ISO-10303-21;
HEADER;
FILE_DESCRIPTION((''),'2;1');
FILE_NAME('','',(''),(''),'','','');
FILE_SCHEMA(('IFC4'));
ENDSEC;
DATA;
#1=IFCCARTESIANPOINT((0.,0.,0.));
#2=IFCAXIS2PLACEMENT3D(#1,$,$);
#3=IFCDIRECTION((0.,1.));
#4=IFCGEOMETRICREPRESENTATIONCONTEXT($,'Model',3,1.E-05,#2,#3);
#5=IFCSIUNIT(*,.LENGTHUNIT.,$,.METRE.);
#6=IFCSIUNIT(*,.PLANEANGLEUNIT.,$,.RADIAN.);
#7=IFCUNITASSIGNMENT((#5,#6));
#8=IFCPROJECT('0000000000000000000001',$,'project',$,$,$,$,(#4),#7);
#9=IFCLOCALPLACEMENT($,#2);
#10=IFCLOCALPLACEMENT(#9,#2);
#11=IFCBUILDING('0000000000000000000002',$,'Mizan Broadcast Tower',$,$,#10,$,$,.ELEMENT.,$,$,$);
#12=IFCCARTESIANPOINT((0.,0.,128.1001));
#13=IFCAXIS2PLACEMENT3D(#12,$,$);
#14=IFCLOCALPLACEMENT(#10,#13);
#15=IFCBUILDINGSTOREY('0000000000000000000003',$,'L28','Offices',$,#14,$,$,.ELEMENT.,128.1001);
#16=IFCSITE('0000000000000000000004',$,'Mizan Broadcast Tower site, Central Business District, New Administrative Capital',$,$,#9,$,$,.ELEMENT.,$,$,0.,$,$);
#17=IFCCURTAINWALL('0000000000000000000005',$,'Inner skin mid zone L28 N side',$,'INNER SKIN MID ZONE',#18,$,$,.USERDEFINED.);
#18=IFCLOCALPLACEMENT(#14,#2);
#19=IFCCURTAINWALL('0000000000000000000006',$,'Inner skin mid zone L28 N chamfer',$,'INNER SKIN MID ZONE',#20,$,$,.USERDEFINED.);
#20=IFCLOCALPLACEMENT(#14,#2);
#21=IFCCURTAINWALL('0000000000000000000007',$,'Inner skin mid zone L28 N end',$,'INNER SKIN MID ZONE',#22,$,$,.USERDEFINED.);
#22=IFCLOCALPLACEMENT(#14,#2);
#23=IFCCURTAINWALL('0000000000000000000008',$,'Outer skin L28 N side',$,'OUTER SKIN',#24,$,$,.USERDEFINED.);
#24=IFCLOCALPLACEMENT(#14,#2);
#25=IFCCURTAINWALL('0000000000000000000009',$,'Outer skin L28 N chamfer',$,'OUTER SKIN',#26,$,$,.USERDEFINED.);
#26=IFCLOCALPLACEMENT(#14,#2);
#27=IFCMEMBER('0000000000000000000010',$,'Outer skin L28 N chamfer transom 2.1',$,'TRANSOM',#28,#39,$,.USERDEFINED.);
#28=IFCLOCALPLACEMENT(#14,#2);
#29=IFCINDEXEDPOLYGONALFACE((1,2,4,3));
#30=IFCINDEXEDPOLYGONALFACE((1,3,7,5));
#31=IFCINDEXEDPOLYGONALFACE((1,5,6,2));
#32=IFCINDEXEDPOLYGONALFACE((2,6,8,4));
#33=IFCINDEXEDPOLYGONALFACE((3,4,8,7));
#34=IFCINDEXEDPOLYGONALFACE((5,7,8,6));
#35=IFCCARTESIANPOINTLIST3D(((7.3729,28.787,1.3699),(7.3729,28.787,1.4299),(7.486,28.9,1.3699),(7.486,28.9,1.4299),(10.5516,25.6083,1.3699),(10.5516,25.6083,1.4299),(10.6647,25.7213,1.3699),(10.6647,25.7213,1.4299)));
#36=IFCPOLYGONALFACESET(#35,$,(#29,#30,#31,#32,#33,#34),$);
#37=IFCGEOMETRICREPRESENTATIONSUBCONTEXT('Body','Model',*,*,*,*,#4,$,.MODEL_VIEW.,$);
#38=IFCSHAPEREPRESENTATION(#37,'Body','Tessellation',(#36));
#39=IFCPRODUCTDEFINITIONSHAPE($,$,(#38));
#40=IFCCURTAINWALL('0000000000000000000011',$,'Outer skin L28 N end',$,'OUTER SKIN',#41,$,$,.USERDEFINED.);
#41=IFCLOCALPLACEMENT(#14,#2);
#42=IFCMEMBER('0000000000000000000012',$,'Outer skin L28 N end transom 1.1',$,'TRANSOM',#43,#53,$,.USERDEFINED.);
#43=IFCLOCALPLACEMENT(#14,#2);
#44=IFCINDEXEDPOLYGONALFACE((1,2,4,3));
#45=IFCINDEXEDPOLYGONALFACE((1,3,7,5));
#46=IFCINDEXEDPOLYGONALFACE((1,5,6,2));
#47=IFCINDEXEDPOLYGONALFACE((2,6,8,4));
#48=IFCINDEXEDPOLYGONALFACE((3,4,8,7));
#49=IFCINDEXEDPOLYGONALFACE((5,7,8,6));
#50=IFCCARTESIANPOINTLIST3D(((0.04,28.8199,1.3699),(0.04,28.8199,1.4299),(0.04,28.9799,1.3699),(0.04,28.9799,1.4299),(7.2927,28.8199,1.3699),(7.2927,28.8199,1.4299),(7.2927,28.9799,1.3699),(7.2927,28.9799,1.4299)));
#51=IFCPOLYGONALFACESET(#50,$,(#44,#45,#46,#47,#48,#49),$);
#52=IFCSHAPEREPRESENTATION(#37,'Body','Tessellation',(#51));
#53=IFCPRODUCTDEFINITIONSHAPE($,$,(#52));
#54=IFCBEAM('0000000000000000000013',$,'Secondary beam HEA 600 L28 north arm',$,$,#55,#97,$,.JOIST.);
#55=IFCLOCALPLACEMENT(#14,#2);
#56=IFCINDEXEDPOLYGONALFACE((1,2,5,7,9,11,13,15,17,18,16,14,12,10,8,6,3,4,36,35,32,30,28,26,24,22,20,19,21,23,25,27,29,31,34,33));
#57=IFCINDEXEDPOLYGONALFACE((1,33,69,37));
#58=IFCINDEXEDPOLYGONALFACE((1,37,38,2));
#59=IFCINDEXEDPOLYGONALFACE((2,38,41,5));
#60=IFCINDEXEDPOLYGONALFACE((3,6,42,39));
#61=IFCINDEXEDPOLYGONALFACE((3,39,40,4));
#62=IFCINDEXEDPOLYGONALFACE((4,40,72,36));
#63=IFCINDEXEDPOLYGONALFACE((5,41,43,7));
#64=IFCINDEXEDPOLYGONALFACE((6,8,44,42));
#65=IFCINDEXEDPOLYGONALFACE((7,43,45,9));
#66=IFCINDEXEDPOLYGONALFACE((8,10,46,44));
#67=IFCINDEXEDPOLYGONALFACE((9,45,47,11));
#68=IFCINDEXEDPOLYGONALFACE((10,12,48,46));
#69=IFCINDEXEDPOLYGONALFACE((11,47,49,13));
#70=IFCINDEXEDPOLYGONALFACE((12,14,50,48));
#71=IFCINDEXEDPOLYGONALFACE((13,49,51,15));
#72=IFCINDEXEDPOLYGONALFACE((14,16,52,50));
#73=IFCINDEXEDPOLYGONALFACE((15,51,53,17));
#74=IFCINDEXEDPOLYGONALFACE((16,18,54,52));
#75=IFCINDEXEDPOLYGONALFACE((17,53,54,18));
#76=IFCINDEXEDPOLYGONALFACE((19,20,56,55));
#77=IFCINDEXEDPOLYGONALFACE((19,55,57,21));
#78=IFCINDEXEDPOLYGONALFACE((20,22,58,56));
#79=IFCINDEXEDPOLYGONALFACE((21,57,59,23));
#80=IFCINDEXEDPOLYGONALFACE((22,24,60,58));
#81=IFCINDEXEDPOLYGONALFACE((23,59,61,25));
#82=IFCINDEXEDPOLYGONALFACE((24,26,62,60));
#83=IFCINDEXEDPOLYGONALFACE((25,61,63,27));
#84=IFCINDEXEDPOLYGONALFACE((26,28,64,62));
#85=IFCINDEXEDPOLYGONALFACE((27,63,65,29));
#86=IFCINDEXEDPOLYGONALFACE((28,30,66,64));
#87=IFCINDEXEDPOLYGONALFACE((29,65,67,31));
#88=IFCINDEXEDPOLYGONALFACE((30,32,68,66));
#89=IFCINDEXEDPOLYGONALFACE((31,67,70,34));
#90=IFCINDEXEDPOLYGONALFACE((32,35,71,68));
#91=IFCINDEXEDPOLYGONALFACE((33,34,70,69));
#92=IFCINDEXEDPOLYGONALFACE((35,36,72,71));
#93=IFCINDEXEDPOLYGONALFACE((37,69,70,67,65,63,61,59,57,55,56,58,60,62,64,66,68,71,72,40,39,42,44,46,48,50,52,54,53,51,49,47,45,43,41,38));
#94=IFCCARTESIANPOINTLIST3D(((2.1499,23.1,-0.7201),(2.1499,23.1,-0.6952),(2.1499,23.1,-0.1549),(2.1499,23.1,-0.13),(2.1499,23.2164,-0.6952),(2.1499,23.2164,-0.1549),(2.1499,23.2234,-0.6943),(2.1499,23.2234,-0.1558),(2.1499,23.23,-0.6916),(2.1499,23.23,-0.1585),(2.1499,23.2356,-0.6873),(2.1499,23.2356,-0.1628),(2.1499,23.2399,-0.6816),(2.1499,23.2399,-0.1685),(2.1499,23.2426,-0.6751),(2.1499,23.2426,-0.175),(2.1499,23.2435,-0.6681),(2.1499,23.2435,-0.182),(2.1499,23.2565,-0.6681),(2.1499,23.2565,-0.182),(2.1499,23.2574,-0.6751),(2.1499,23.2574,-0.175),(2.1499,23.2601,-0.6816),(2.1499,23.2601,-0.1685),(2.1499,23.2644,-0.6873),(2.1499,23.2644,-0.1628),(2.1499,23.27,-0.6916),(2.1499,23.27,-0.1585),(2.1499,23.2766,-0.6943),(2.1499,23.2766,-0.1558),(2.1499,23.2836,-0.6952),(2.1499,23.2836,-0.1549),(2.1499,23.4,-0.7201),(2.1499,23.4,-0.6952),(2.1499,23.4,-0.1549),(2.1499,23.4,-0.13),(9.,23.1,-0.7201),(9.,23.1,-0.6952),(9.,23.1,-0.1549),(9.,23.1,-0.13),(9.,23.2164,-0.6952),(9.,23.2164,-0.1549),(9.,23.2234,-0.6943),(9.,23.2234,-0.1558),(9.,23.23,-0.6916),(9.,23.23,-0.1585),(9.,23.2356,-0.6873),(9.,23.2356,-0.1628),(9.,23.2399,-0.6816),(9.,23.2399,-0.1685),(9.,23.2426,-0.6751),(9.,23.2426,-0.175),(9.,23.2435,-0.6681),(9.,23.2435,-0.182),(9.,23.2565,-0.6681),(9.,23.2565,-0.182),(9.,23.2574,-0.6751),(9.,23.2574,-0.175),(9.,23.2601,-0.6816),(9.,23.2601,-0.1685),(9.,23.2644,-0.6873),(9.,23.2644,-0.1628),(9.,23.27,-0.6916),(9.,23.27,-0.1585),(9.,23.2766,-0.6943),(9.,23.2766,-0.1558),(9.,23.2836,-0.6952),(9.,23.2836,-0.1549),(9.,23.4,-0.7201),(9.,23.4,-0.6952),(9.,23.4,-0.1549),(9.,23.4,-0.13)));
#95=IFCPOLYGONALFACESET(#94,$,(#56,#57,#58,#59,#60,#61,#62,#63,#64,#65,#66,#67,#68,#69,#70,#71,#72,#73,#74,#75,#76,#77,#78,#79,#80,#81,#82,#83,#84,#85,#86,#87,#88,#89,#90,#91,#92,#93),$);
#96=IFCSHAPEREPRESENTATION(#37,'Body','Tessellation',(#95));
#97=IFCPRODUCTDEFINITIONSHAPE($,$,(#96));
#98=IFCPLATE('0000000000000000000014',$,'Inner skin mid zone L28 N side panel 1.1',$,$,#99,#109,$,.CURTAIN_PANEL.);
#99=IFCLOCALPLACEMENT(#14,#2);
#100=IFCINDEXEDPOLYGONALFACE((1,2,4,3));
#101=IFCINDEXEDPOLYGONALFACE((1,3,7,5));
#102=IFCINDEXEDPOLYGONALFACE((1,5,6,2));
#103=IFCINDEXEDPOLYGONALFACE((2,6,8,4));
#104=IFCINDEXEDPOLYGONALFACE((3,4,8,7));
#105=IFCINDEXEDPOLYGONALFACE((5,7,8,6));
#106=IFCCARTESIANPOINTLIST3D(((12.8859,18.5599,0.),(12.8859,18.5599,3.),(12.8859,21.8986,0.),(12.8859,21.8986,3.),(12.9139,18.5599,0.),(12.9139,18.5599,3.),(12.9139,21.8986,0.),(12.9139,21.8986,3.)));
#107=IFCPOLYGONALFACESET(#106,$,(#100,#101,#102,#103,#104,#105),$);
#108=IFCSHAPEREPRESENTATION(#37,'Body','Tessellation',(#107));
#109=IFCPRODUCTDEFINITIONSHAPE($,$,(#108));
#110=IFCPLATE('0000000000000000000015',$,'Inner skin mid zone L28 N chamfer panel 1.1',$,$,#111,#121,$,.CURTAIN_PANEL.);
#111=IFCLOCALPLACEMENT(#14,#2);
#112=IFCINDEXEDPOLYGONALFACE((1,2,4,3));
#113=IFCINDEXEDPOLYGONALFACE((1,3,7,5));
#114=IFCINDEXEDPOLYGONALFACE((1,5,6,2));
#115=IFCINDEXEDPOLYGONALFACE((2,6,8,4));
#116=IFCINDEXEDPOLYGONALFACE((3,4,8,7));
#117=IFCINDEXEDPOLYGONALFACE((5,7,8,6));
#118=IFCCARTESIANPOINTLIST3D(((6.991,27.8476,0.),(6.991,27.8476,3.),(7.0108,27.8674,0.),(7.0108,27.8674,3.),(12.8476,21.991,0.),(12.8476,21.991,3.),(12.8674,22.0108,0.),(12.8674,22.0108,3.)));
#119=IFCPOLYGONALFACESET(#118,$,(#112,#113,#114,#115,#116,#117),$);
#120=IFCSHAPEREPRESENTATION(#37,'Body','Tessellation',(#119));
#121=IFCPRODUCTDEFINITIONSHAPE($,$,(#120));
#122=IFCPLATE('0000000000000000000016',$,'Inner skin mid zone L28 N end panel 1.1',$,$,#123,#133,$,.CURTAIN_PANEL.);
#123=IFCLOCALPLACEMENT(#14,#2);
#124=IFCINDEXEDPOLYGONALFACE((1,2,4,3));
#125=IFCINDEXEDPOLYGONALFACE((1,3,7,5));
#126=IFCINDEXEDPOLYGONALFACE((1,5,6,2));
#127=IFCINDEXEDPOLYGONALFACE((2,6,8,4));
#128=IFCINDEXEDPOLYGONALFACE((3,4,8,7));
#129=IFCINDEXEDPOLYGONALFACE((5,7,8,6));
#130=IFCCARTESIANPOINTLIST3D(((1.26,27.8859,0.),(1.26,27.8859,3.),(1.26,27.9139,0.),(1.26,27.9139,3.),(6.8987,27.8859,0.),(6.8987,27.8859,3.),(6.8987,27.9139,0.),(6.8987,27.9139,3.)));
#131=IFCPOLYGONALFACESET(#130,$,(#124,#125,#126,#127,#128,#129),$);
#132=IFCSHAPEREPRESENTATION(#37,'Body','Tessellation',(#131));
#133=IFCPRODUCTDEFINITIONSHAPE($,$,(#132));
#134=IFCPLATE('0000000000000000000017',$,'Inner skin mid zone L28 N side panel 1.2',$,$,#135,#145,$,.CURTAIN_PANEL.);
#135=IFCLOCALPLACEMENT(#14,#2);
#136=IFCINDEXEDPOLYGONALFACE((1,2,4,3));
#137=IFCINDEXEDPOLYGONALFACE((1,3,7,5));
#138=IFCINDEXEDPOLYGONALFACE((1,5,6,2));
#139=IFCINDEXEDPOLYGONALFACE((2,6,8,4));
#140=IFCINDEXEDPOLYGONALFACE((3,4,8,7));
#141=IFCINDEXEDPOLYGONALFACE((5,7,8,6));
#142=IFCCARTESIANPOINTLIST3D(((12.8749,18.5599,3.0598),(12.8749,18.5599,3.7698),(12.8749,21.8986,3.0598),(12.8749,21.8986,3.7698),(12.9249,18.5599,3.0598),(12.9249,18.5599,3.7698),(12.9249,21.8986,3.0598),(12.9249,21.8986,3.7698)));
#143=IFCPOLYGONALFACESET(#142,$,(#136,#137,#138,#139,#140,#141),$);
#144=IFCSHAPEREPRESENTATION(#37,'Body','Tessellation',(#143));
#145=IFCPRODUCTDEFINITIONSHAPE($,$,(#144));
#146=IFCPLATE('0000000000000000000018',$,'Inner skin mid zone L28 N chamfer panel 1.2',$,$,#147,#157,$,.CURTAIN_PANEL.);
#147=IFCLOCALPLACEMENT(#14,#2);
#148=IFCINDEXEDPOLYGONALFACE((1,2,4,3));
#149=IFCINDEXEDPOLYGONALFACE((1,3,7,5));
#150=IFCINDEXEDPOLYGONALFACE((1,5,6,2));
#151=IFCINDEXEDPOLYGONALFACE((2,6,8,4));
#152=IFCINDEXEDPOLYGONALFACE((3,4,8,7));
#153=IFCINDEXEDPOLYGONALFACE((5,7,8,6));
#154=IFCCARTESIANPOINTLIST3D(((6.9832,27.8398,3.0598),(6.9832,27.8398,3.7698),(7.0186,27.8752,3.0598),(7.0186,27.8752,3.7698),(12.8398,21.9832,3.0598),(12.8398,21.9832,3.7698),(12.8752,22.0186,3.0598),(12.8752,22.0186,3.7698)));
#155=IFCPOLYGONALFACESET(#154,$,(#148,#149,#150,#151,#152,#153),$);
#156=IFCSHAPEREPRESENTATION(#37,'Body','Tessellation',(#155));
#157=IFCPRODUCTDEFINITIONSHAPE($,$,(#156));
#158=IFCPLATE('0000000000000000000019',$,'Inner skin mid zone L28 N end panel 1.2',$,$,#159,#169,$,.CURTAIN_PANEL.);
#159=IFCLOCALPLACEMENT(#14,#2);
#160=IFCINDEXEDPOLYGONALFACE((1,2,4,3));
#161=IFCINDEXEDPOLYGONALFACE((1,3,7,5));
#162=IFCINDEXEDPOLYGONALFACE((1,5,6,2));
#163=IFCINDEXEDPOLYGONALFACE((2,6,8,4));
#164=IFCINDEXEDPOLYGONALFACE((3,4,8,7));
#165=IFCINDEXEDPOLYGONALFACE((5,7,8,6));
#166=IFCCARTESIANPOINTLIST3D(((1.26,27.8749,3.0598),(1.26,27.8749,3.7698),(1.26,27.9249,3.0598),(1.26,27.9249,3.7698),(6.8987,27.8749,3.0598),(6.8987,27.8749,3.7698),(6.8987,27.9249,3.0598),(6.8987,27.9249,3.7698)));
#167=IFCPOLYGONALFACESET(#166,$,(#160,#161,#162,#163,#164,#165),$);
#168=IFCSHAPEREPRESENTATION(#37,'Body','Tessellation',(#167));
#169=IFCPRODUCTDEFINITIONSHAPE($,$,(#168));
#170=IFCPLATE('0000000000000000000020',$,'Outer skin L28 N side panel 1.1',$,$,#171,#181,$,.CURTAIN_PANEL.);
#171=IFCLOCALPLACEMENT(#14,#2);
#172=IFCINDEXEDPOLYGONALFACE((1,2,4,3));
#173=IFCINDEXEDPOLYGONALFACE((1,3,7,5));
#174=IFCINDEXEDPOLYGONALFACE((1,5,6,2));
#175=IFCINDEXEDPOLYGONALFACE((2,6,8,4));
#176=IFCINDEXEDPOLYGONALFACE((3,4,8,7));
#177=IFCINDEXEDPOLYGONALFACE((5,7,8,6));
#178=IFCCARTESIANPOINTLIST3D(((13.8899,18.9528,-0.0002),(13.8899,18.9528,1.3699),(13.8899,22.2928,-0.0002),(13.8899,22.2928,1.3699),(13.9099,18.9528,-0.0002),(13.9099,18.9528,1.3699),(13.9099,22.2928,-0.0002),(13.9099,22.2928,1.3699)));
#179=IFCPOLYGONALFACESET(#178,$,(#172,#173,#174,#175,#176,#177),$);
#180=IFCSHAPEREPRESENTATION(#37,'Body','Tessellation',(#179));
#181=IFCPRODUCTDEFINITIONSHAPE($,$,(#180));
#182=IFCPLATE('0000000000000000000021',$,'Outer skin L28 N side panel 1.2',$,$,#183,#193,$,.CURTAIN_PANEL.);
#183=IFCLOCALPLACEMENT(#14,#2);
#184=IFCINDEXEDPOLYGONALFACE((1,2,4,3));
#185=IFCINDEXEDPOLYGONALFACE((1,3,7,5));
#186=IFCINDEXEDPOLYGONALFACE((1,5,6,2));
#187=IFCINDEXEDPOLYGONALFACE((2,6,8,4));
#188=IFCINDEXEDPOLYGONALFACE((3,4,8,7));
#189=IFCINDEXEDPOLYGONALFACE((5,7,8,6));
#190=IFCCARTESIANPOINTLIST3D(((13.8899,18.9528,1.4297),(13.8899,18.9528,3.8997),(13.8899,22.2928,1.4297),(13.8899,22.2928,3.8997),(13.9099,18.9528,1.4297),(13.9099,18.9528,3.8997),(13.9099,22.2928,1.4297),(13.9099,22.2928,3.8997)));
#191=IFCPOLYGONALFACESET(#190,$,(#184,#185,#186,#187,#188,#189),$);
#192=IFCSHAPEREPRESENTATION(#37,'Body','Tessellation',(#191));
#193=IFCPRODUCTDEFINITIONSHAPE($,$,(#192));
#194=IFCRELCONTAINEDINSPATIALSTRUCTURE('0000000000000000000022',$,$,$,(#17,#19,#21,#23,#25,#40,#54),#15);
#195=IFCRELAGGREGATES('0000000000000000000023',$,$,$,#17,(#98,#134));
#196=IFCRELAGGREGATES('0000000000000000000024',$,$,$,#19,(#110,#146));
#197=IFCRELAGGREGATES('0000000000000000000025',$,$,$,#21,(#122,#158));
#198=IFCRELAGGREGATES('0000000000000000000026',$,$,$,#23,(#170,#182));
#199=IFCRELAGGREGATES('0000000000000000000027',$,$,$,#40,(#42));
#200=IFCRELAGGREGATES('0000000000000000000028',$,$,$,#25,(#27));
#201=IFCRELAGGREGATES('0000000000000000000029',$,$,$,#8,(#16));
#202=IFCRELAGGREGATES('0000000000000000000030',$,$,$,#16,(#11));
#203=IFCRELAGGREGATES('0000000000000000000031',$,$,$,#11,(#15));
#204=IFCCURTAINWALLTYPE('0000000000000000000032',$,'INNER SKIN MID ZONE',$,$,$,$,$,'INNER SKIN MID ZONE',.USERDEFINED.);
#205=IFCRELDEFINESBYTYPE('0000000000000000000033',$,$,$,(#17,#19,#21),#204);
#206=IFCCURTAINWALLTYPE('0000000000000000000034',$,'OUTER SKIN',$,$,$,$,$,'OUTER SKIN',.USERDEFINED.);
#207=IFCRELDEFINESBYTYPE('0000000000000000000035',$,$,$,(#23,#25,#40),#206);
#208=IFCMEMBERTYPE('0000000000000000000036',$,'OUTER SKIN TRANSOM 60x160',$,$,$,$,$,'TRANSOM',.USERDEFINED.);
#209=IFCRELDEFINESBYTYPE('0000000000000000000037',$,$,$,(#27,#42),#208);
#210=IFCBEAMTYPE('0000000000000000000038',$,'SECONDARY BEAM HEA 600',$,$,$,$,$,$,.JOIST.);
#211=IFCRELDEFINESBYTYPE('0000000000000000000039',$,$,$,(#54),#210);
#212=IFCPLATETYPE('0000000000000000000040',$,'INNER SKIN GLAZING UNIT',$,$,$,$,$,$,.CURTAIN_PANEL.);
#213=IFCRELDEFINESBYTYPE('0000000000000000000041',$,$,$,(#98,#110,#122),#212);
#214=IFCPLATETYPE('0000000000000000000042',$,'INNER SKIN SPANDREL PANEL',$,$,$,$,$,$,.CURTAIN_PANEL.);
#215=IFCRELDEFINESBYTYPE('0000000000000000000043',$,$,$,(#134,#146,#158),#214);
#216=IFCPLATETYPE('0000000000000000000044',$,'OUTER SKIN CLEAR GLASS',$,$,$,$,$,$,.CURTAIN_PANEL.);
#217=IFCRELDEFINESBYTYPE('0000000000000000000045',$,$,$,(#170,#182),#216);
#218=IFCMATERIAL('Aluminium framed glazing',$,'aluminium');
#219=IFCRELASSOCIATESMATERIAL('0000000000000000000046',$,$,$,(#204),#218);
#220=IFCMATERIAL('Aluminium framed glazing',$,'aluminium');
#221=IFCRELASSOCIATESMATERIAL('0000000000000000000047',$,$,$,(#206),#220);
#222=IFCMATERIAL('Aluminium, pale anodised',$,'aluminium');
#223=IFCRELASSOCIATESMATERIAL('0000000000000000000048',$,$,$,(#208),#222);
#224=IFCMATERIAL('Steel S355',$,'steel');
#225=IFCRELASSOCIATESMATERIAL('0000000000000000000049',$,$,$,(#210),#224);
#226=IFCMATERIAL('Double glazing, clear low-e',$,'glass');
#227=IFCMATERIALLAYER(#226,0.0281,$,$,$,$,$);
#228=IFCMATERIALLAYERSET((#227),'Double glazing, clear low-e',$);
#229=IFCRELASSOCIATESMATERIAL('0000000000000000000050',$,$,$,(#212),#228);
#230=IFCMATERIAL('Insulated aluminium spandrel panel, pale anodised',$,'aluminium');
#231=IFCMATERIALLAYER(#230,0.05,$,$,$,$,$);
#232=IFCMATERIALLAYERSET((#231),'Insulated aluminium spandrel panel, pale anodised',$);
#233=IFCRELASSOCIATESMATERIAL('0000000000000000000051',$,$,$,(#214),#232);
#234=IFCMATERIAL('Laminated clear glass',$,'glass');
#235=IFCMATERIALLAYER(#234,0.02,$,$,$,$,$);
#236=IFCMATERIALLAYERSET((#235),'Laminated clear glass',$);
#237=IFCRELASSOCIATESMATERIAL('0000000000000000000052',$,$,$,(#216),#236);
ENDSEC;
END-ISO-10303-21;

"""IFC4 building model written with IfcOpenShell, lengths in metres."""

from ifc_helpers import new_model, si_unit, direction, frame, origin, origin_2d, place, context, subcontext, project, spatial, rectangle, i_section, extrude, material, layer, layer_set, material_profile, profile_set, type_object, element, aggregate, save


model = new_model("IFC4")

# Units and contexts
model_context = context("Model", 3, precision=1e-05, world=origin(), true_north=direction((0.0, 1.0)))
body_context = subcontext(model_context, "Body", "Model", "MODEL_VIEW")
ifc_project = project(units=[si_unit("LENGTHUNIT", "METRE"), si_unit("PLANEANGLEUNIT", "RADIAN")], contexts=[model_context])

# Site, building, storey
site_placement = place(None, origin())
site = spatial("IfcSite", under=ifc_project, at=site_placement, Name="Mizan Broadcast Tower site, Central Business District, New Administrative Capital", CompositionType="ELEMENT", RefElevation=0.0)
building_placement = place(site_placement, origin())
building = spatial("IfcBuilding", under=site, at=building_placement, Name="Mizan Broadcast Tower", CompositionType="ELEMENT")
storey_placement = place(building_placement, frame((0.0, 0.0, 128.1001)))
storey = spatial("IfcBuildingStorey", under=building, at=storey_placement, Name="L28", Description="Offices", CompositionType="ELEMENT", Elevation=128.1001)

# Curtain walls
ifc_material_1 = material(Name="Aluminium framed glazing", Category="aluminium")
curtain_wall_type_1 = type_object("IfcCurtainWallType", Name="INNER SKIN MID ZONE", ElementType="INNER SKIN MID ZONE", PredefinedType="USERDEFINED", material=ifc_material_1)
curtain_wall_1_placement = place(storey_placement, origin())
curtain_wall_1 = element("IfcCurtainWall", 1, at=curtain_wall_1_placement, inside=storey, type_object=curtain_wall_type_1, Name="Inner skin mid zone L28 N side", ObjectType="INNER SKIN MID ZONE", PredefinedType="USERDEFINED")
curtain_wall_2_placement = place(storey_placement, origin())
curtain_wall_2 = element("IfcCurtainWall", 2, at=curtain_wall_2_placement, inside=storey, type_object=curtain_wall_type_1, Name="Inner skin mid zone L28 N chamfer", ObjectType="INNER SKIN MID ZONE", PredefinedType="USERDEFINED")
curtain_wall_3_placement = place(storey_placement, origin())
curtain_wall_3 = element("IfcCurtainWall", 3, at=curtain_wall_3_placement, inside=storey, type_object=curtain_wall_type_1, Name="Inner skin mid zone L28 N end", ObjectType="INNER SKIN MID ZONE", PredefinedType="USERDEFINED")

# Curtain wall
ifc_material_2 = material(Name="Aluminium framed glazing", Category="aluminium")
curtain_wall_type_2 = type_object("IfcCurtainWallType", Name="OUTER SKIN", ElementType="OUTER SKIN", PredefinedType="USERDEFINED", material=ifc_material_2)
curtain_wall_4_placement = place(storey_placement, origin())
curtain_wall_4 = element("IfcCurtainWall", 4, at=curtain_wall_4_placement, inside=storey, type_object=curtain_wall_type_2, Name="Outer skin L28 N side", ObjectType="OUTER SKIN", PredefinedType="USERDEFINED")

# Curtain wall, member
curtain_wall_5_placement = place(storey_placement, origin())
curtain_wall_5 = element("IfcCurtainWall", 5, at=curtain_wall_5_placement, inside=storey, type_object=curtain_wall_type_2, Name="Outer skin L28 N chamfer", ObjectType="OUTER SKIN", PredefinedType="USERDEFINED")
ifc_material_3 = material(Name="Aluminium, pale anodised", Category="aluminium")
ifc_material_profile_1 = material_profile(ifc_material_3, rectangle(XDim=0.1599, YDim=0.0601, at=origin_2d()), Name="TRANSOM 160x60")
ifc_profile_set_1 = profile_set([ifc_material_profile_1], Name="Aluminium, pale anodised")
member_type_1 = type_object("IfcMemberType", Name="OUTER SKIN TRANSOM 60x160", ElementType="TRANSOM", PredefinedType="USERDEFINED", material=ifc_profile_set_1)
member_1_placement = place(storey_placement, frame((10.6082, 25.6648, 1.3999), z_axis=(-0.707107, 0.707107, 0.0), x_axis=(-0.707107, -0.707107, 0.0)))
member_1 = element("IfcMember", 6, at=member_1_placement, type_object=member_type_1, Name="Outer skin L28 N chamfer transom 2.1", ObjectType="TRANSOM", PredefinedType="USERDEFINED", context=body_context, shape_type="SweptSolid", body=[
    extrude(rectangle(XDim=0.1599, YDim=0.0601, at=origin_2d()), origin(), (0.0, 0.0, 1.0), 4.4954),
])

# Curtain wall, member
curtain_wall_6_placement = place(storey_placement, origin())
curtain_wall_6 = element("IfcCurtainWall", 7, at=curtain_wall_6_placement, inside=storey, type_object=curtain_wall_type_2, Name="Outer skin L28 N end", ObjectType="OUTER SKIN", PredefinedType="USERDEFINED")
member_2_placement = place(storey_placement, frame((7.2927, 28.8999, 1.3999), z_axis=(-1.0, 0.0, 0.0), x_axis=(0.0, -1.0, 0.0)))
member_2 = element("IfcMember", 8, at=member_2_placement, type_object=member_type_1, Name="Outer skin L28 N end transom 1.1", ObjectType="TRANSOM", PredefinedType="USERDEFINED", context=body_context, shape_type="SweptSolid", body=[
    extrude(rectangle(XDim=0.1599, YDim=0.0601, at=origin_2d()), origin(), (0.0, 0.0, 1.0), 7.2527),
])

# Beam
ifc_material_4 = material(Name="Steel S355", Category="steel")
ifc_material_profile_2 = material_profile(ifc_material_4, i_section(OverallWidth=0.3, OverallDepth=0.5901, WebThickness=0.0129, FlangeThickness=0.0249, FilletRadius=0.0271, at=origin_2d()), Name="HEA 600")
ifc_profile_set_2 = profile_set([ifc_material_profile_2], Name="Steel S355")
beam_type_1 = type_object("IfcBeamType", Name="SECONDARY BEAM HEA 600", PredefinedType="JOIST", material=ifc_profile_set_2)
beam_1_placement = place(storey_placement, frame((9.0, 23.25, -0.425), z_axis=(-1.0, 0.0, 0.0), x_axis=(0.0, -1.0, 0.0)))
element("IfcBeam", 9, at=beam_1_placement, inside=storey, type_object=beam_type_1, Name="Secondary beam HEA 600 L28 north arm", PredefinedType="JOIST", context=body_context, shape_type="SweptSolid", body=[
    extrude(i_section(OverallWidth=0.3, OverallDepth=0.5901, WebThickness=0.0129, FlangeThickness=0.0249, FilletRadius=0.0271, at=origin_2d()), origin(), (0.0, 0.0, 1.0), 6.8501),
])

# Plates
ifc_material_5 = material(Name="Double glazing, clear low-e", Category="glass")
ifc_layer_1 = layer(ifc_material_5, 0.0281)
ifc_layer_set_1 = layer_set([ifc_layer_1], Name="Double glazing, clear low-e")
plate_type_1 = type_object("IfcPlateType", Name="INNER SKIN GLAZING UNIT", PredefinedType="CURTAIN_PANEL", material=ifc_layer_set_1)
plate_1_placement = place(storey_placement, frame((12.8999, 20.2292, 0.0), z_axis=(0.0, 0.0, 1.0), x_axis=(0.0, 1.0, 0.0)))
plate_1 = element("IfcPlate", 10, at=plate_1_placement, type_object=plate_type_1, Name="Inner skin mid zone L28 N side panel 1.1", PredefinedType="CURTAIN_PANEL", context=body_context, shape_type="SweptSolid", body=[
    extrude(rectangle(XDim=3.3386, YDim=0.0281, at=origin_2d()), origin(), (0.0, 0.0, 1.0), 3.0),
])
plate_2_placement = place(storey_placement, frame((9.9292, 24.9292, 0.0), z_axis=(0.0, 0.0, 1.0), x_axis=(-0.707107, 0.707107, 0.0)))
plate_2 = element("IfcPlate", 11, at=plate_2_placement, type_object=plate_type_1, Name="Inner skin mid zone L28 N chamfer panel 1.1", PredefinedType="CURTAIN_PANEL", context=body_context, shape_type="SweptSolid", body=[
    extrude(rectangle(XDim=8.2825, YDim=0.0281, at=origin_2d()), origin(), (0.0, 0.0, 1.0), 3.0),
])
plate_3_placement = place(storey_placement, frame((4.0793, 27.8999, 0.0), z_axis=(0.0, 0.0, 1.0), x_axis=(-1.0, 0.0, 0.0)))
plate_3 = element("IfcPlate", 12, at=plate_3_placement, type_object=plate_type_1, Name="Inner skin mid zone L28 N end panel 1.1", PredefinedType="CURTAIN_PANEL", context=body_context, shape_type="SweptSolid", body=[
    extrude(rectangle(XDim=5.6387, YDim=0.0281, at=origin_2d()), origin(), (0.0, 0.0, 1.0), 3.0),
])
ifc_material_6 = material(Name="Insulated aluminium spandrel panel, pale anodised", Category="aluminium")
ifc_layer_2 = layer(ifc_material_6, 0.05)
ifc_layer_set_2 = layer_set([ifc_layer_2], Name="Insulated aluminium spandrel panel, pale anodised")
plate_type_2 = type_object("IfcPlateType", Name="INNER SKIN SPANDREL PANEL", PredefinedType="CURTAIN_PANEL", material=ifc_layer_set_2)
plate_4_placement = place(storey_placement, frame((12.8999, 20.2292, 3.0598), z_axis=(0.0, 0.0, 1.0), x_axis=(0.0, 1.0, 0.0)))
plate_4 = element("IfcPlate", 13, at=plate_4_placement, type_object=plate_type_2, Name="Inner skin mid zone L28 N side panel 1.2", PredefinedType="CURTAIN_PANEL", context=body_context, shape_type="SweptSolid", body=[
    extrude(rectangle(XDim=3.3386, YDim=0.05, at=origin_2d()), origin(), (0.0, 0.0, 1.0), 0.71),
])
aggregate(curtain_wall_1, [plate_1, plate_4])
plate_5_placement = place(storey_placement, frame((9.9292, 24.9292, 3.0598), z_axis=(0.0, 0.0, 1.0), x_axis=(-0.707107, 0.707107, 0.0)))
plate_5 = element("IfcPlate", 14, at=plate_5_placement, type_object=plate_type_2, Name="Inner skin mid zone L28 N chamfer panel 1.2", PredefinedType="CURTAIN_PANEL", context=body_context, shape_type="SweptSolid", body=[
    extrude(rectangle(XDim=8.2825, YDim=0.05, at=origin_2d()), origin(), (0.0, 0.0, 1.0), 0.71),
])
aggregate(curtain_wall_2, [plate_2, plate_5])
plate_6_placement = place(storey_placement, frame((4.0793, 27.8999, 3.0598), z_axis=(0.0, 0.0, 1.0), x_axis=(-1.0, 0.0, 0.0)))
plate_6 = element("IfcPlate", 15, at=plate_6_placement, type_object=plate_type_2, Name="Inner skin mid zone L28 N end panel 1.2", PredefinedType="CURTAIN_PANEL", context=body_context, shape_type="SweptSolid", body=[
    extrude(rectangle(XDim=5.6387, YDim=0.05, at=origin_2d()), origin(), (0.0, 0.0, 1.0), 0.71),
])
aggregate(curtain_wall_3, [plate_3, plate_6])
ifc_material_7 = material(Name="Laminated clear glass", Category="glass")
ifc_layer_3 = layer(ifc_material_7, 0.02)
ifc_layer_set_3 = layer_set([ifc_layer_3], Name="Laminated clear glass")
plate_type_3 = type_object("IfcPlateType", Name="OUTER SKIN CLEAR GLASS", PredefinedType="CURTAIN_PANEL", material=ifc_layer_set_3)
plate_7_placement = place(storey_placement, frame((13.8999, 20.6228, -0.0002), z_axis=(0.0, 0.0, 1.0), x_axis=(0.0, 1.0, 0.0)))
plate_7 = element("IfcPlate", 16, at=plate_7_placement, type_object=plate_type_3, Name="Outer skin L28 N side panel 1.1", PredefinedType="CURTAIN_PANEL", context=body_context, shape_type="SweptSolid", body=[
    extrude(rectangle(XDim=3.3401, YDim=0.02, at=origin_2d()), origin(), (0.0, 0.0, 1.0), 1.3701),
])
plate_8_placement = place(storey_placement, frame((13.8999, 20.6228, 1.4297), z_axis=(0.0, 0.0, 1.0), x_axis=(0.0, 1.0, 0.0)))
plate_8 = element("IfcPlate", 17, at=plate_8_placement, type_object=plate_type_3, Name="Outer skin L28 N side panel 1.2", PredefinedType="CURTAIN_PANEL", context=body_context, shape_type="SweptSolid", body=[
    extrude(rectangle(XDim=3.3401, YDim=0.02, at=origin_2d()), origin(), (0.0, 0.0, 1.0), 2.47),
])
aggregate(curtain_wall_4, [plate_7, plate_8])
aggregate(curtain_wall_6, [member_2])
aggregate(curtain_wall_5, [member_1])

save(model, "model.ifc")
